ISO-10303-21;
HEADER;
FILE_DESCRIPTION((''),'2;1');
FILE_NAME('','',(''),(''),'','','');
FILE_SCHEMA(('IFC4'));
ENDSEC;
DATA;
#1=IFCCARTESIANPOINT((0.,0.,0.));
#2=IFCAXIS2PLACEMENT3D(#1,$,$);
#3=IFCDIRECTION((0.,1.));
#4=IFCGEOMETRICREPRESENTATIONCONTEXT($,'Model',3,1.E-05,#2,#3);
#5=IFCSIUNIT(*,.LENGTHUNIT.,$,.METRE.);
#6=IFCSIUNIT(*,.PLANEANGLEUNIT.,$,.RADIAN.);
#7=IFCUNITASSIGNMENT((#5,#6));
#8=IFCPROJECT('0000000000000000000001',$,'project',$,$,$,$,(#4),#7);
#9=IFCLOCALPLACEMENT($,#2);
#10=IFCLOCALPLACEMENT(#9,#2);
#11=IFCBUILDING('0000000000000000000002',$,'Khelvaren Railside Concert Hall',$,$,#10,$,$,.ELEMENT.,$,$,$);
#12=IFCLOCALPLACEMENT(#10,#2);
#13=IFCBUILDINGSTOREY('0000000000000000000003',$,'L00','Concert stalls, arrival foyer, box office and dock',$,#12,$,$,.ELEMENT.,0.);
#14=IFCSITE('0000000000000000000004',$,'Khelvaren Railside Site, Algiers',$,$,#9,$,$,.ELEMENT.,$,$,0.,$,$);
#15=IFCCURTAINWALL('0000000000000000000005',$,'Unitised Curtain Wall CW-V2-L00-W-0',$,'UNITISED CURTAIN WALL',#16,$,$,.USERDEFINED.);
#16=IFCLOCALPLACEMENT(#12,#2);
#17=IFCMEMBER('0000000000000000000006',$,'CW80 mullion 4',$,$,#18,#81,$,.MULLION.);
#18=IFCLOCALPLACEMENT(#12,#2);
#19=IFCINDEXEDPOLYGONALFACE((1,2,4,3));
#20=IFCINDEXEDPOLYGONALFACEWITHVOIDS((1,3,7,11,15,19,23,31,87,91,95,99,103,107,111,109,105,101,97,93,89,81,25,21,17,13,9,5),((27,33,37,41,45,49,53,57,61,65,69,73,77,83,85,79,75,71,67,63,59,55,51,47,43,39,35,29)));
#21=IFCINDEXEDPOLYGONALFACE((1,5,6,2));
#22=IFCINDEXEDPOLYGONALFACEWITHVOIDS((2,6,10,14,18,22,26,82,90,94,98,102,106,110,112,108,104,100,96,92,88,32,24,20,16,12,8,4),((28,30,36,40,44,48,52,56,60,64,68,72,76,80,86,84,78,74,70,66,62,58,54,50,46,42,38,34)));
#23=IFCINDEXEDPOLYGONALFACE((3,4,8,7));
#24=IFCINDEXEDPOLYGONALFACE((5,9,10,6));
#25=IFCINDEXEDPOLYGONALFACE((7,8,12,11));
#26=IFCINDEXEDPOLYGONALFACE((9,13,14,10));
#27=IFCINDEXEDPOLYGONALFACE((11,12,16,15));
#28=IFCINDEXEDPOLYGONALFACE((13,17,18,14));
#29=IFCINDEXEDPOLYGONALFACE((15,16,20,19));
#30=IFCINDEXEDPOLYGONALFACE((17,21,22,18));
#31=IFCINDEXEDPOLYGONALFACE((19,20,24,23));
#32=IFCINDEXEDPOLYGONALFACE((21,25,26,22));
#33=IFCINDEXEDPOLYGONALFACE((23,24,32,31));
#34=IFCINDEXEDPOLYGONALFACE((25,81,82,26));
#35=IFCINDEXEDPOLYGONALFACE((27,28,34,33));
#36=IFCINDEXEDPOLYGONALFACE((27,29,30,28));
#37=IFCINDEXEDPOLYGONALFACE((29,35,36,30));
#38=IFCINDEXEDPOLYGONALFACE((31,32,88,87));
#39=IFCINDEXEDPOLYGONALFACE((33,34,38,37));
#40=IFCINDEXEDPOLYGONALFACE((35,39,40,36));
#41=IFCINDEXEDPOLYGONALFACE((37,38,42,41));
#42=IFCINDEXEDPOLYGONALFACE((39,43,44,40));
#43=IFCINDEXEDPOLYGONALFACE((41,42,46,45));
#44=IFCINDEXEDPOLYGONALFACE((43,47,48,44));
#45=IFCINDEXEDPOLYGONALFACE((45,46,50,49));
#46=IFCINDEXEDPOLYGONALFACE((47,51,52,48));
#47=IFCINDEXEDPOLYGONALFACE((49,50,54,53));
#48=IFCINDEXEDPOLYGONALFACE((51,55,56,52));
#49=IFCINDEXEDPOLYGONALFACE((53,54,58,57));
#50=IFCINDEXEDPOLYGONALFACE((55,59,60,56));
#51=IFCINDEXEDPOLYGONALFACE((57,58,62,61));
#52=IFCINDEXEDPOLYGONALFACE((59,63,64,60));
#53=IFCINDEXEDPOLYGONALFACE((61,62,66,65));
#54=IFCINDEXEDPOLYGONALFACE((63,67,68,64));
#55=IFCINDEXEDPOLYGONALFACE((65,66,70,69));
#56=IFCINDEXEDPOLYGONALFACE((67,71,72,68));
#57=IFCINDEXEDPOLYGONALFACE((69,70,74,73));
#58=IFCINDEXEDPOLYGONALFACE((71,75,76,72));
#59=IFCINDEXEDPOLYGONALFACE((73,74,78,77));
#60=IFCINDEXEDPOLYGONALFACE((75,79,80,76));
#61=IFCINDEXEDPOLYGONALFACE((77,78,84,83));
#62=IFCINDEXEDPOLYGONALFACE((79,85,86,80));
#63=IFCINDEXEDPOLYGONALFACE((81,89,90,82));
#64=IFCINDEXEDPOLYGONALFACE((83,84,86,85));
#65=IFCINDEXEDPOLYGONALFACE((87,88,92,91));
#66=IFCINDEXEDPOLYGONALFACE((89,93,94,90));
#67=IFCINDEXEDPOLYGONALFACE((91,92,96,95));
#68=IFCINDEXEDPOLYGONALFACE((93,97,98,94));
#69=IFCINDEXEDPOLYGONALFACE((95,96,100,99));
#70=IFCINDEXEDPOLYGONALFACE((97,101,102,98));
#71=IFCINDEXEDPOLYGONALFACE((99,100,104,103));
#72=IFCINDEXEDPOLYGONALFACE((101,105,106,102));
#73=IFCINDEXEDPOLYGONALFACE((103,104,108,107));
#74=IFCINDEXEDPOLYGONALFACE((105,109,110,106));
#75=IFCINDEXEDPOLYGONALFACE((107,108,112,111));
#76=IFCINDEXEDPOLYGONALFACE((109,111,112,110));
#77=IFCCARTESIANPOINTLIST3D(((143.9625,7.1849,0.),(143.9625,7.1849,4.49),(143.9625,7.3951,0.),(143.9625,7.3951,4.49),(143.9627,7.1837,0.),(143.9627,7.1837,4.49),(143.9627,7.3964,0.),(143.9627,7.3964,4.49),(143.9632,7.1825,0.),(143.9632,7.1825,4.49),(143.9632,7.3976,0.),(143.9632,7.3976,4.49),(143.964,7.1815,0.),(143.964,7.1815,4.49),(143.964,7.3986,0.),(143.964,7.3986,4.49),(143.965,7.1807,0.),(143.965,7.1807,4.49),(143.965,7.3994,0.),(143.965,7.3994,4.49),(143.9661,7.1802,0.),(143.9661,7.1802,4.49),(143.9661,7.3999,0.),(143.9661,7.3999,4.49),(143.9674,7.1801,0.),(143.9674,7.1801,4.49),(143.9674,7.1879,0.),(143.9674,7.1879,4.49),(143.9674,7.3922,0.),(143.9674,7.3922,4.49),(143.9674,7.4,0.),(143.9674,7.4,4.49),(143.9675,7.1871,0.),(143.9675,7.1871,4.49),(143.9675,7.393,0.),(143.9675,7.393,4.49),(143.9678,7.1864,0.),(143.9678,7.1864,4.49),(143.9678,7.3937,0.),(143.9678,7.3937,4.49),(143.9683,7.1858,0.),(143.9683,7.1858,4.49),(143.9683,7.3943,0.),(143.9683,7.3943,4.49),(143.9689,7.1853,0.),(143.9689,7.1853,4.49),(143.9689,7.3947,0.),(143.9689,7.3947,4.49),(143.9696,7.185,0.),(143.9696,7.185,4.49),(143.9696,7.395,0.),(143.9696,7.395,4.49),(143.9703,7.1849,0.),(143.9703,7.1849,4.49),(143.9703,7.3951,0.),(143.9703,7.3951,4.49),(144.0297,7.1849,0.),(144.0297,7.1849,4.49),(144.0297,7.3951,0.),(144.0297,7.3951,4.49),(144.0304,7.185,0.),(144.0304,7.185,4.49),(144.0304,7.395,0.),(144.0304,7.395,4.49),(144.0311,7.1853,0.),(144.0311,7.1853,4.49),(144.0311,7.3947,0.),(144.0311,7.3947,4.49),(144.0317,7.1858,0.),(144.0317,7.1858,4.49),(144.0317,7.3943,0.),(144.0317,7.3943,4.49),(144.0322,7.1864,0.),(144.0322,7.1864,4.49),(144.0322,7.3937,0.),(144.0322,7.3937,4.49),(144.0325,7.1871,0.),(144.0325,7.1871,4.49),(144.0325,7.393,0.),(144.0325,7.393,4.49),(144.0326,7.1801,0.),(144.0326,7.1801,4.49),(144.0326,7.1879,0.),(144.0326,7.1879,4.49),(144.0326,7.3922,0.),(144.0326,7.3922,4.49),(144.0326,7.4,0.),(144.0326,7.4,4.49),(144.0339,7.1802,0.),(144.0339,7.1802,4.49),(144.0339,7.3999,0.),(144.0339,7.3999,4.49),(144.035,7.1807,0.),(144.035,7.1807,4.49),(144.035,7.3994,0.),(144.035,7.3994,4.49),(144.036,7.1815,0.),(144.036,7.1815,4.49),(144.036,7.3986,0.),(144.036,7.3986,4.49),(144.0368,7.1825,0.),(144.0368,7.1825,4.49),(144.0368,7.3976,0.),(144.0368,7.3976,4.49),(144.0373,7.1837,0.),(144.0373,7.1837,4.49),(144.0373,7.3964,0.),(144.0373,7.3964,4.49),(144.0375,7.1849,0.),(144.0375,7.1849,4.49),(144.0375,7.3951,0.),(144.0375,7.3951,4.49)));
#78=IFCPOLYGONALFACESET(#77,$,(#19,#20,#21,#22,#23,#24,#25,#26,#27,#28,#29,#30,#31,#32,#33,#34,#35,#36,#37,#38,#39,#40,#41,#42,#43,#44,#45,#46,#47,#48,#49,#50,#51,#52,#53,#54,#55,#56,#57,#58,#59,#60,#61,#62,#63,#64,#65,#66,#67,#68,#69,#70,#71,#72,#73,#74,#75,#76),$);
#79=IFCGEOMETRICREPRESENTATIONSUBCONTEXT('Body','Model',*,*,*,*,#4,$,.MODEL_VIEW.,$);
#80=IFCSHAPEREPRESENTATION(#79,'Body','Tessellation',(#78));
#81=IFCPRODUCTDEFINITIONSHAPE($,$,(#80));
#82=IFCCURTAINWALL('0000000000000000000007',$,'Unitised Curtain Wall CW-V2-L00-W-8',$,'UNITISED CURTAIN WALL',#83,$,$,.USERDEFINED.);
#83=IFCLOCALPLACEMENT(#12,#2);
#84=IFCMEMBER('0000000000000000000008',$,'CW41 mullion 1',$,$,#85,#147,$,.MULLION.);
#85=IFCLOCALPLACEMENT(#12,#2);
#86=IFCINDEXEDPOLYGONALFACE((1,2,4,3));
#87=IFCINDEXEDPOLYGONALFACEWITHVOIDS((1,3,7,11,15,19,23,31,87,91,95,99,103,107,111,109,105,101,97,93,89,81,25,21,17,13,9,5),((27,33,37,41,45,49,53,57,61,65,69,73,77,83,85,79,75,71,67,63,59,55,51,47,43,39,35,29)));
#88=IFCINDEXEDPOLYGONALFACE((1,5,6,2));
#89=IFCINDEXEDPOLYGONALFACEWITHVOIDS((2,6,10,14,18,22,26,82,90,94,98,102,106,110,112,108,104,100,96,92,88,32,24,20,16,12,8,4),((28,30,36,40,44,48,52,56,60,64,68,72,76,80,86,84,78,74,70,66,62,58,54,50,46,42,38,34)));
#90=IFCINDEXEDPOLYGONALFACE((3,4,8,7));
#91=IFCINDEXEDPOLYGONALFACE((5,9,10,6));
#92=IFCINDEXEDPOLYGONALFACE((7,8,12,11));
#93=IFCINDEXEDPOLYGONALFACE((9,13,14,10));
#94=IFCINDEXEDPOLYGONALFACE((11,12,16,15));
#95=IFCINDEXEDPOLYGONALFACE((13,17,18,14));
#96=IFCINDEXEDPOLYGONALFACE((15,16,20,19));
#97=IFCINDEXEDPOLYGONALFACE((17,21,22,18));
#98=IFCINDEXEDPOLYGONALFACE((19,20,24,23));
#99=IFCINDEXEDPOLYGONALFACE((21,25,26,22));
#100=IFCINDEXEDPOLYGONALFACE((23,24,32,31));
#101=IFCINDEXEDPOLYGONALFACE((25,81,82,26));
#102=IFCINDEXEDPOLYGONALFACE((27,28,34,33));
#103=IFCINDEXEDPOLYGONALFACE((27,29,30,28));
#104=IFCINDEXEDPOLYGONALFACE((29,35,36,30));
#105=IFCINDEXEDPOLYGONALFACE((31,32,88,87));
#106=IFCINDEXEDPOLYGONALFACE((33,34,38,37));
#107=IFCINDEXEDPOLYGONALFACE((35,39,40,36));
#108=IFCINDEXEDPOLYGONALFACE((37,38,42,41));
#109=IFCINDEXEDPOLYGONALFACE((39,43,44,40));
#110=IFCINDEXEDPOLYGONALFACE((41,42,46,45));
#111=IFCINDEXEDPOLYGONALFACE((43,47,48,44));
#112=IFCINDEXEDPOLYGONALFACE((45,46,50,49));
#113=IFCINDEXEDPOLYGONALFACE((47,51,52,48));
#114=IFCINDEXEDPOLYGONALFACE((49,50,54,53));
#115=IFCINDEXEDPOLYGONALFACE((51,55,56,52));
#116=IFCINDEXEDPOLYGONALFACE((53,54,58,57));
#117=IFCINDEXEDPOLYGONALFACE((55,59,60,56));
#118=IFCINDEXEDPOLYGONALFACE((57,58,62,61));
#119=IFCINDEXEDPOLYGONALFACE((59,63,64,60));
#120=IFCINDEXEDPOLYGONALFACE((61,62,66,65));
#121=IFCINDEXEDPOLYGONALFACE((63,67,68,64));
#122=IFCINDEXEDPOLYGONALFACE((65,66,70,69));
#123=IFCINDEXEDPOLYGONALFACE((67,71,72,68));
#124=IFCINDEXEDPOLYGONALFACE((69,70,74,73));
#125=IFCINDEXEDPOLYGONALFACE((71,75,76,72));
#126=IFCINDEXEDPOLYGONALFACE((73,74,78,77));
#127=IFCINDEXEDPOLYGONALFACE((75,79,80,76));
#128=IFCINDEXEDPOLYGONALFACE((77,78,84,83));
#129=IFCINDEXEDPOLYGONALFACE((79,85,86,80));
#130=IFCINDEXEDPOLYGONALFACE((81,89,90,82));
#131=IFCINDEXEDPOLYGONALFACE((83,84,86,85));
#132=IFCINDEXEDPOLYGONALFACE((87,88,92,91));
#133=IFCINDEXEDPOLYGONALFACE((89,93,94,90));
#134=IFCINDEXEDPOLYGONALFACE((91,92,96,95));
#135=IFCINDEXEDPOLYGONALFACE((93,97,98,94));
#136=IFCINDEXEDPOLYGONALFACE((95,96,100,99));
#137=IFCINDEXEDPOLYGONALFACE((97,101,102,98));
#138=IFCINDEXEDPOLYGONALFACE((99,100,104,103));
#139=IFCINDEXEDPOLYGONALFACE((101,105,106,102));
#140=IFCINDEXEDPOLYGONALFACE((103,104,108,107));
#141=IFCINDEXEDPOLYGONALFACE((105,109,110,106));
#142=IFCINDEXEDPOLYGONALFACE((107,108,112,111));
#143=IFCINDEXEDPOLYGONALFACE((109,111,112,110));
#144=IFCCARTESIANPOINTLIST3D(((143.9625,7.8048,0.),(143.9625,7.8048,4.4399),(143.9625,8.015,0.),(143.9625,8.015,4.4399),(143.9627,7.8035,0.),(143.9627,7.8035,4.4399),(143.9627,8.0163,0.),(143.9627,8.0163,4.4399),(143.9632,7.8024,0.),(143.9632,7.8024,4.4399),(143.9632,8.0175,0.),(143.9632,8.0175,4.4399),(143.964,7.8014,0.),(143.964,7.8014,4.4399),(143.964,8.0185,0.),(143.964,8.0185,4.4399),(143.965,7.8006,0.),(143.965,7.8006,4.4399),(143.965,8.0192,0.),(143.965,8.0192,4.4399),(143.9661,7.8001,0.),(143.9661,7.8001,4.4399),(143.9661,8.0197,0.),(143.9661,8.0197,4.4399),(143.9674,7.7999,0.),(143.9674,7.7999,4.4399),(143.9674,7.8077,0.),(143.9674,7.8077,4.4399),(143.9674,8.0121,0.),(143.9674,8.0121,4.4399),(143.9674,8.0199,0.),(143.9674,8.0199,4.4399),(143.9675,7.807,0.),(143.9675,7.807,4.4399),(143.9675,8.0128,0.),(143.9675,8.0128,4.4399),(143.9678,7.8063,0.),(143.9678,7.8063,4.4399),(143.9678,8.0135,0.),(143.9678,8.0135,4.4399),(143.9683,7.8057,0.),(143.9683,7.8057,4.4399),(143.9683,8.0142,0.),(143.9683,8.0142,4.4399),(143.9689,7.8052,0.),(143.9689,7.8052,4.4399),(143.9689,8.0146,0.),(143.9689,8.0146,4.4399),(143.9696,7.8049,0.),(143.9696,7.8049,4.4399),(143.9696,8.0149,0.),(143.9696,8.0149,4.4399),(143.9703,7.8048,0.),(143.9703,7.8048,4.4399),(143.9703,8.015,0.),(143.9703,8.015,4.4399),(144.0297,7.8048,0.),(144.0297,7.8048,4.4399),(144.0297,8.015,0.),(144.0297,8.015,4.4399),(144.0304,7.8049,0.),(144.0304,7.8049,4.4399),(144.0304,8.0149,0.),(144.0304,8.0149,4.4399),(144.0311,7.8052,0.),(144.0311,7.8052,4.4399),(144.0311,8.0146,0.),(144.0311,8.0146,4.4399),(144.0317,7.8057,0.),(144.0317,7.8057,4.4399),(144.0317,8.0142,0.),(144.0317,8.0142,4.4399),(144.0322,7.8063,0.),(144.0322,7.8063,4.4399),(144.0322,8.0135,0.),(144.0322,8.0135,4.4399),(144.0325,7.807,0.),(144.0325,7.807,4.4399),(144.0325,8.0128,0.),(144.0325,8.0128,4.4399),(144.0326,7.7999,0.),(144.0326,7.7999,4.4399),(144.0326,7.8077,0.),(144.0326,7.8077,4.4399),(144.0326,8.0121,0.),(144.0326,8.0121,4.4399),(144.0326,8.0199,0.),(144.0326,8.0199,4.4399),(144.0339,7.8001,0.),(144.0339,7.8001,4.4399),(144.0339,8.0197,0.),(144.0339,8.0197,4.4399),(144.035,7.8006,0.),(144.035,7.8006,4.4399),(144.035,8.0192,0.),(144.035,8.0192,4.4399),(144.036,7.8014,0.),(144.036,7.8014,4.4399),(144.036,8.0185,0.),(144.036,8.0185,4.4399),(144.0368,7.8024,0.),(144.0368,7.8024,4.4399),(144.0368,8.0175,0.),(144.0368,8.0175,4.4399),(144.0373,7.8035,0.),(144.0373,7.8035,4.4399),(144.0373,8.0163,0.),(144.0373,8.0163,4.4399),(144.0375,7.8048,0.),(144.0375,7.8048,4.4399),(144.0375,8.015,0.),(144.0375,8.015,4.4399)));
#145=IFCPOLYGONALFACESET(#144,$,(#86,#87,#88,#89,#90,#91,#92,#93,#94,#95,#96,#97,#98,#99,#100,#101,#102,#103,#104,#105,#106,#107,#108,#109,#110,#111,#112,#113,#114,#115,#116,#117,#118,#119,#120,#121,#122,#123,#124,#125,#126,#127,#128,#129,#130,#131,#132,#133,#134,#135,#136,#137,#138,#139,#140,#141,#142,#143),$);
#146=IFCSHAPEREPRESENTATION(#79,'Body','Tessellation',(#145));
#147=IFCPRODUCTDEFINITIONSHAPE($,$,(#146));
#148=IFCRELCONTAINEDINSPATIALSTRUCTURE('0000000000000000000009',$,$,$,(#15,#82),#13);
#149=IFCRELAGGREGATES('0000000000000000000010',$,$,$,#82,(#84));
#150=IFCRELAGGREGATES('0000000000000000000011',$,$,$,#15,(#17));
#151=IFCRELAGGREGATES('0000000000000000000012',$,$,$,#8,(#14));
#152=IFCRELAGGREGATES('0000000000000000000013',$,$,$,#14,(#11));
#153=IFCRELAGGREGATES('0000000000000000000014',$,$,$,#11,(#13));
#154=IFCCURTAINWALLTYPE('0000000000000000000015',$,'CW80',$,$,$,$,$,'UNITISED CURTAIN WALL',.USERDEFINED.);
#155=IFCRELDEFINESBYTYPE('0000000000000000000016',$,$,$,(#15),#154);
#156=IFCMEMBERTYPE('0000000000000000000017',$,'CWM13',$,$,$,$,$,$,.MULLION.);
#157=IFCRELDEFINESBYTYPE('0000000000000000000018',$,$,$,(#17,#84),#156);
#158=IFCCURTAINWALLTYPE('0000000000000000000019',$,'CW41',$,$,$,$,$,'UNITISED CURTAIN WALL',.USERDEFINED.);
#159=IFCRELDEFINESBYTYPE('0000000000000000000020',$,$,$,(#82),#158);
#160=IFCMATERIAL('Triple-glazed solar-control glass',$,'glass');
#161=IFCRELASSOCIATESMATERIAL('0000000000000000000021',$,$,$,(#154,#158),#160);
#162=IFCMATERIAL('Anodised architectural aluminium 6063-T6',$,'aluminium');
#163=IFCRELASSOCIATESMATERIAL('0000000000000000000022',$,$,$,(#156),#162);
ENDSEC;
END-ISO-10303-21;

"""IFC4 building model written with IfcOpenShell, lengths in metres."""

from ifc_helpers import new_model, si_unit, direction, frame, origin, origin_2d, place, context, subcontext, project, spatial, hollow_rectangle, extrude, material, material_profile, profile_set, type_object, element, aggregate, save


model = new_model("IFC4")

# Units and contexts
model_context = context("Model", 3, precision=1e-05, world=origin(), true_north=direction((0.0, 1.0)))
body_context = subcontext(model_context, "Body", "Model", "MODEL_VIEW")
ifc_project = project(units=[si_unit("LENGTHUNIT", "METRE"), si_unit("PLANEANGLEUNIT", "RADIAN")], contexts=[model_context])

# Site, building, storey
site_placement = place(None, origin())
site = spatial("IfcSite", under=ifc_project, at=site_placement, Name="Khelvaren Railside Site, Algiers", CompositionType="ELEMENT", RefElevation=0.0)
building_placement = place(site_placement, origin())
building = spatial("IfcBuilding", under=site, at=building_placement, Name="Khelvaren Railside Concert Hall", CompositionType="ELEMENT")
storey_placement = place(building_placement, origin())
storey = spatial("IfcBuildingStorey", under=building, at=storey_placement, Name="L00", Description="Concert stalls, arrival foyer, box office and dock", CompositionType="ELEMENT", Elevation=0.0)

# Curtain wall, member
ifc_material_1 = material(Name="Triple-glazed solar-control glass", Category="glass")
curtain_wall_type_1 = type_object("IfcCurtainWallType", Name="CW80", ElementType="UNITISED CURTAIN WALL", PredefinedType="USERDEFINED", material=ifc_material_1)
curtain_wall_1_placement = place(storey_placement, origin())
curtain_wall_1 = element("IfcCurtainWall", 1, at=curtain_wall_1_placement, inside=storey, type_object=curtain_wall_type_1, Name="Unitised Curtain Wall CW-V2-L00-W-0", ObjectType="UNITISED CURTAIN WALL", PredefinedType="USERDEFINED")
ifc_material_2 = material(Name="Anodised architectural aluminium 6063-T6", Category="aluminium")
ifc_material_profile_1 = material_profile(ifc_material_2, hollow_rectangle(XDim=0.075, YDim=0.22, WallThickness=0.0049, InnerFilletRadius=0.0029, OuterFilletRadius=0.0049, at=origin_2d()), Name="CWM 75x220x5")
ifc_profile_set_1 = profile_set([ifc_material_profile_1], Name="Anodised architectural aluminium 6063-T6")
member_type_1 = type_object("IfcMemberType", Name="CWM13", PredefinedType="MULLION", material=ifc_profile_set_1)
member_1_placement = place(storey_placement, frame((144.0, 7.29, 0.0), z_axis=(0.0, 0.0, 1.0), x_axis=(-1.0, 0.0, 0.0)))
member_1 = element("IfcMember", 2, at=member_1_placement, type_object=member_type_1, Name="CW80 mullion 4", PredefinedType="MULLION", context=body_context, shape_type="SweptSolid", body=[
    extrude(hollow_rectangle(XDim=0.075, YDim=0.22, WallThickness=0.0049, InnerFilletRadius=0.0029, OuterFilletRadius=0.0049, at=origin_2d()), origin(), (0.0, 0.0, 1.0), 4.49),
])

# Curtain wall, member
curtain_wall_type_2 = type_object("IfcCurtainWallType", Name="CW41", ElementType="UNITISED CURTAIN WALL", PredefinedType="USERDEFINED", material=ifc_material_1)
curtain_wall_2_placement = place(storey_placement, origin())
curtain_wall_2 = element("IfcCurtainWall", 3, at=curtain_wall_2_placement, inside=storey, type_object=curtain_wall_type_2, Name="Unitised Curtain Wall CW-V2-L00-W-8", ObjectType="UNITISED CURTAIN WALL", PredefinedType="USERDEFINED")
member_2_placement = place(storey_placement, frame((144.0, 7.9099, 0.0), z_axis=(0.0, 0.0, 1.0), x_axis=(-1.0, 0.0, 0.0)))
member_2 = element("IfcMember", 4, at=member_2_placement, type_object=member_type_1, Name="CW41 mullion 1", PredefinedType="MULLION", context=body_context, shape_type="SweptSolid", body=[
    extrude(hollow_rectangle(XDim=0.075, YDim=0.22, WallThickness=0.0049, InnerFilletRadius=0.0029, OuterFilletRadius=0.0049, at=origin_2d()), origin(), (0.0, 0.0, 1.0), 4.4399),
])

aggregate(curtain_wall_2, [member_2])

aggregate(curtain_wall_1, [member_1])

save(model, "model.ifc")
